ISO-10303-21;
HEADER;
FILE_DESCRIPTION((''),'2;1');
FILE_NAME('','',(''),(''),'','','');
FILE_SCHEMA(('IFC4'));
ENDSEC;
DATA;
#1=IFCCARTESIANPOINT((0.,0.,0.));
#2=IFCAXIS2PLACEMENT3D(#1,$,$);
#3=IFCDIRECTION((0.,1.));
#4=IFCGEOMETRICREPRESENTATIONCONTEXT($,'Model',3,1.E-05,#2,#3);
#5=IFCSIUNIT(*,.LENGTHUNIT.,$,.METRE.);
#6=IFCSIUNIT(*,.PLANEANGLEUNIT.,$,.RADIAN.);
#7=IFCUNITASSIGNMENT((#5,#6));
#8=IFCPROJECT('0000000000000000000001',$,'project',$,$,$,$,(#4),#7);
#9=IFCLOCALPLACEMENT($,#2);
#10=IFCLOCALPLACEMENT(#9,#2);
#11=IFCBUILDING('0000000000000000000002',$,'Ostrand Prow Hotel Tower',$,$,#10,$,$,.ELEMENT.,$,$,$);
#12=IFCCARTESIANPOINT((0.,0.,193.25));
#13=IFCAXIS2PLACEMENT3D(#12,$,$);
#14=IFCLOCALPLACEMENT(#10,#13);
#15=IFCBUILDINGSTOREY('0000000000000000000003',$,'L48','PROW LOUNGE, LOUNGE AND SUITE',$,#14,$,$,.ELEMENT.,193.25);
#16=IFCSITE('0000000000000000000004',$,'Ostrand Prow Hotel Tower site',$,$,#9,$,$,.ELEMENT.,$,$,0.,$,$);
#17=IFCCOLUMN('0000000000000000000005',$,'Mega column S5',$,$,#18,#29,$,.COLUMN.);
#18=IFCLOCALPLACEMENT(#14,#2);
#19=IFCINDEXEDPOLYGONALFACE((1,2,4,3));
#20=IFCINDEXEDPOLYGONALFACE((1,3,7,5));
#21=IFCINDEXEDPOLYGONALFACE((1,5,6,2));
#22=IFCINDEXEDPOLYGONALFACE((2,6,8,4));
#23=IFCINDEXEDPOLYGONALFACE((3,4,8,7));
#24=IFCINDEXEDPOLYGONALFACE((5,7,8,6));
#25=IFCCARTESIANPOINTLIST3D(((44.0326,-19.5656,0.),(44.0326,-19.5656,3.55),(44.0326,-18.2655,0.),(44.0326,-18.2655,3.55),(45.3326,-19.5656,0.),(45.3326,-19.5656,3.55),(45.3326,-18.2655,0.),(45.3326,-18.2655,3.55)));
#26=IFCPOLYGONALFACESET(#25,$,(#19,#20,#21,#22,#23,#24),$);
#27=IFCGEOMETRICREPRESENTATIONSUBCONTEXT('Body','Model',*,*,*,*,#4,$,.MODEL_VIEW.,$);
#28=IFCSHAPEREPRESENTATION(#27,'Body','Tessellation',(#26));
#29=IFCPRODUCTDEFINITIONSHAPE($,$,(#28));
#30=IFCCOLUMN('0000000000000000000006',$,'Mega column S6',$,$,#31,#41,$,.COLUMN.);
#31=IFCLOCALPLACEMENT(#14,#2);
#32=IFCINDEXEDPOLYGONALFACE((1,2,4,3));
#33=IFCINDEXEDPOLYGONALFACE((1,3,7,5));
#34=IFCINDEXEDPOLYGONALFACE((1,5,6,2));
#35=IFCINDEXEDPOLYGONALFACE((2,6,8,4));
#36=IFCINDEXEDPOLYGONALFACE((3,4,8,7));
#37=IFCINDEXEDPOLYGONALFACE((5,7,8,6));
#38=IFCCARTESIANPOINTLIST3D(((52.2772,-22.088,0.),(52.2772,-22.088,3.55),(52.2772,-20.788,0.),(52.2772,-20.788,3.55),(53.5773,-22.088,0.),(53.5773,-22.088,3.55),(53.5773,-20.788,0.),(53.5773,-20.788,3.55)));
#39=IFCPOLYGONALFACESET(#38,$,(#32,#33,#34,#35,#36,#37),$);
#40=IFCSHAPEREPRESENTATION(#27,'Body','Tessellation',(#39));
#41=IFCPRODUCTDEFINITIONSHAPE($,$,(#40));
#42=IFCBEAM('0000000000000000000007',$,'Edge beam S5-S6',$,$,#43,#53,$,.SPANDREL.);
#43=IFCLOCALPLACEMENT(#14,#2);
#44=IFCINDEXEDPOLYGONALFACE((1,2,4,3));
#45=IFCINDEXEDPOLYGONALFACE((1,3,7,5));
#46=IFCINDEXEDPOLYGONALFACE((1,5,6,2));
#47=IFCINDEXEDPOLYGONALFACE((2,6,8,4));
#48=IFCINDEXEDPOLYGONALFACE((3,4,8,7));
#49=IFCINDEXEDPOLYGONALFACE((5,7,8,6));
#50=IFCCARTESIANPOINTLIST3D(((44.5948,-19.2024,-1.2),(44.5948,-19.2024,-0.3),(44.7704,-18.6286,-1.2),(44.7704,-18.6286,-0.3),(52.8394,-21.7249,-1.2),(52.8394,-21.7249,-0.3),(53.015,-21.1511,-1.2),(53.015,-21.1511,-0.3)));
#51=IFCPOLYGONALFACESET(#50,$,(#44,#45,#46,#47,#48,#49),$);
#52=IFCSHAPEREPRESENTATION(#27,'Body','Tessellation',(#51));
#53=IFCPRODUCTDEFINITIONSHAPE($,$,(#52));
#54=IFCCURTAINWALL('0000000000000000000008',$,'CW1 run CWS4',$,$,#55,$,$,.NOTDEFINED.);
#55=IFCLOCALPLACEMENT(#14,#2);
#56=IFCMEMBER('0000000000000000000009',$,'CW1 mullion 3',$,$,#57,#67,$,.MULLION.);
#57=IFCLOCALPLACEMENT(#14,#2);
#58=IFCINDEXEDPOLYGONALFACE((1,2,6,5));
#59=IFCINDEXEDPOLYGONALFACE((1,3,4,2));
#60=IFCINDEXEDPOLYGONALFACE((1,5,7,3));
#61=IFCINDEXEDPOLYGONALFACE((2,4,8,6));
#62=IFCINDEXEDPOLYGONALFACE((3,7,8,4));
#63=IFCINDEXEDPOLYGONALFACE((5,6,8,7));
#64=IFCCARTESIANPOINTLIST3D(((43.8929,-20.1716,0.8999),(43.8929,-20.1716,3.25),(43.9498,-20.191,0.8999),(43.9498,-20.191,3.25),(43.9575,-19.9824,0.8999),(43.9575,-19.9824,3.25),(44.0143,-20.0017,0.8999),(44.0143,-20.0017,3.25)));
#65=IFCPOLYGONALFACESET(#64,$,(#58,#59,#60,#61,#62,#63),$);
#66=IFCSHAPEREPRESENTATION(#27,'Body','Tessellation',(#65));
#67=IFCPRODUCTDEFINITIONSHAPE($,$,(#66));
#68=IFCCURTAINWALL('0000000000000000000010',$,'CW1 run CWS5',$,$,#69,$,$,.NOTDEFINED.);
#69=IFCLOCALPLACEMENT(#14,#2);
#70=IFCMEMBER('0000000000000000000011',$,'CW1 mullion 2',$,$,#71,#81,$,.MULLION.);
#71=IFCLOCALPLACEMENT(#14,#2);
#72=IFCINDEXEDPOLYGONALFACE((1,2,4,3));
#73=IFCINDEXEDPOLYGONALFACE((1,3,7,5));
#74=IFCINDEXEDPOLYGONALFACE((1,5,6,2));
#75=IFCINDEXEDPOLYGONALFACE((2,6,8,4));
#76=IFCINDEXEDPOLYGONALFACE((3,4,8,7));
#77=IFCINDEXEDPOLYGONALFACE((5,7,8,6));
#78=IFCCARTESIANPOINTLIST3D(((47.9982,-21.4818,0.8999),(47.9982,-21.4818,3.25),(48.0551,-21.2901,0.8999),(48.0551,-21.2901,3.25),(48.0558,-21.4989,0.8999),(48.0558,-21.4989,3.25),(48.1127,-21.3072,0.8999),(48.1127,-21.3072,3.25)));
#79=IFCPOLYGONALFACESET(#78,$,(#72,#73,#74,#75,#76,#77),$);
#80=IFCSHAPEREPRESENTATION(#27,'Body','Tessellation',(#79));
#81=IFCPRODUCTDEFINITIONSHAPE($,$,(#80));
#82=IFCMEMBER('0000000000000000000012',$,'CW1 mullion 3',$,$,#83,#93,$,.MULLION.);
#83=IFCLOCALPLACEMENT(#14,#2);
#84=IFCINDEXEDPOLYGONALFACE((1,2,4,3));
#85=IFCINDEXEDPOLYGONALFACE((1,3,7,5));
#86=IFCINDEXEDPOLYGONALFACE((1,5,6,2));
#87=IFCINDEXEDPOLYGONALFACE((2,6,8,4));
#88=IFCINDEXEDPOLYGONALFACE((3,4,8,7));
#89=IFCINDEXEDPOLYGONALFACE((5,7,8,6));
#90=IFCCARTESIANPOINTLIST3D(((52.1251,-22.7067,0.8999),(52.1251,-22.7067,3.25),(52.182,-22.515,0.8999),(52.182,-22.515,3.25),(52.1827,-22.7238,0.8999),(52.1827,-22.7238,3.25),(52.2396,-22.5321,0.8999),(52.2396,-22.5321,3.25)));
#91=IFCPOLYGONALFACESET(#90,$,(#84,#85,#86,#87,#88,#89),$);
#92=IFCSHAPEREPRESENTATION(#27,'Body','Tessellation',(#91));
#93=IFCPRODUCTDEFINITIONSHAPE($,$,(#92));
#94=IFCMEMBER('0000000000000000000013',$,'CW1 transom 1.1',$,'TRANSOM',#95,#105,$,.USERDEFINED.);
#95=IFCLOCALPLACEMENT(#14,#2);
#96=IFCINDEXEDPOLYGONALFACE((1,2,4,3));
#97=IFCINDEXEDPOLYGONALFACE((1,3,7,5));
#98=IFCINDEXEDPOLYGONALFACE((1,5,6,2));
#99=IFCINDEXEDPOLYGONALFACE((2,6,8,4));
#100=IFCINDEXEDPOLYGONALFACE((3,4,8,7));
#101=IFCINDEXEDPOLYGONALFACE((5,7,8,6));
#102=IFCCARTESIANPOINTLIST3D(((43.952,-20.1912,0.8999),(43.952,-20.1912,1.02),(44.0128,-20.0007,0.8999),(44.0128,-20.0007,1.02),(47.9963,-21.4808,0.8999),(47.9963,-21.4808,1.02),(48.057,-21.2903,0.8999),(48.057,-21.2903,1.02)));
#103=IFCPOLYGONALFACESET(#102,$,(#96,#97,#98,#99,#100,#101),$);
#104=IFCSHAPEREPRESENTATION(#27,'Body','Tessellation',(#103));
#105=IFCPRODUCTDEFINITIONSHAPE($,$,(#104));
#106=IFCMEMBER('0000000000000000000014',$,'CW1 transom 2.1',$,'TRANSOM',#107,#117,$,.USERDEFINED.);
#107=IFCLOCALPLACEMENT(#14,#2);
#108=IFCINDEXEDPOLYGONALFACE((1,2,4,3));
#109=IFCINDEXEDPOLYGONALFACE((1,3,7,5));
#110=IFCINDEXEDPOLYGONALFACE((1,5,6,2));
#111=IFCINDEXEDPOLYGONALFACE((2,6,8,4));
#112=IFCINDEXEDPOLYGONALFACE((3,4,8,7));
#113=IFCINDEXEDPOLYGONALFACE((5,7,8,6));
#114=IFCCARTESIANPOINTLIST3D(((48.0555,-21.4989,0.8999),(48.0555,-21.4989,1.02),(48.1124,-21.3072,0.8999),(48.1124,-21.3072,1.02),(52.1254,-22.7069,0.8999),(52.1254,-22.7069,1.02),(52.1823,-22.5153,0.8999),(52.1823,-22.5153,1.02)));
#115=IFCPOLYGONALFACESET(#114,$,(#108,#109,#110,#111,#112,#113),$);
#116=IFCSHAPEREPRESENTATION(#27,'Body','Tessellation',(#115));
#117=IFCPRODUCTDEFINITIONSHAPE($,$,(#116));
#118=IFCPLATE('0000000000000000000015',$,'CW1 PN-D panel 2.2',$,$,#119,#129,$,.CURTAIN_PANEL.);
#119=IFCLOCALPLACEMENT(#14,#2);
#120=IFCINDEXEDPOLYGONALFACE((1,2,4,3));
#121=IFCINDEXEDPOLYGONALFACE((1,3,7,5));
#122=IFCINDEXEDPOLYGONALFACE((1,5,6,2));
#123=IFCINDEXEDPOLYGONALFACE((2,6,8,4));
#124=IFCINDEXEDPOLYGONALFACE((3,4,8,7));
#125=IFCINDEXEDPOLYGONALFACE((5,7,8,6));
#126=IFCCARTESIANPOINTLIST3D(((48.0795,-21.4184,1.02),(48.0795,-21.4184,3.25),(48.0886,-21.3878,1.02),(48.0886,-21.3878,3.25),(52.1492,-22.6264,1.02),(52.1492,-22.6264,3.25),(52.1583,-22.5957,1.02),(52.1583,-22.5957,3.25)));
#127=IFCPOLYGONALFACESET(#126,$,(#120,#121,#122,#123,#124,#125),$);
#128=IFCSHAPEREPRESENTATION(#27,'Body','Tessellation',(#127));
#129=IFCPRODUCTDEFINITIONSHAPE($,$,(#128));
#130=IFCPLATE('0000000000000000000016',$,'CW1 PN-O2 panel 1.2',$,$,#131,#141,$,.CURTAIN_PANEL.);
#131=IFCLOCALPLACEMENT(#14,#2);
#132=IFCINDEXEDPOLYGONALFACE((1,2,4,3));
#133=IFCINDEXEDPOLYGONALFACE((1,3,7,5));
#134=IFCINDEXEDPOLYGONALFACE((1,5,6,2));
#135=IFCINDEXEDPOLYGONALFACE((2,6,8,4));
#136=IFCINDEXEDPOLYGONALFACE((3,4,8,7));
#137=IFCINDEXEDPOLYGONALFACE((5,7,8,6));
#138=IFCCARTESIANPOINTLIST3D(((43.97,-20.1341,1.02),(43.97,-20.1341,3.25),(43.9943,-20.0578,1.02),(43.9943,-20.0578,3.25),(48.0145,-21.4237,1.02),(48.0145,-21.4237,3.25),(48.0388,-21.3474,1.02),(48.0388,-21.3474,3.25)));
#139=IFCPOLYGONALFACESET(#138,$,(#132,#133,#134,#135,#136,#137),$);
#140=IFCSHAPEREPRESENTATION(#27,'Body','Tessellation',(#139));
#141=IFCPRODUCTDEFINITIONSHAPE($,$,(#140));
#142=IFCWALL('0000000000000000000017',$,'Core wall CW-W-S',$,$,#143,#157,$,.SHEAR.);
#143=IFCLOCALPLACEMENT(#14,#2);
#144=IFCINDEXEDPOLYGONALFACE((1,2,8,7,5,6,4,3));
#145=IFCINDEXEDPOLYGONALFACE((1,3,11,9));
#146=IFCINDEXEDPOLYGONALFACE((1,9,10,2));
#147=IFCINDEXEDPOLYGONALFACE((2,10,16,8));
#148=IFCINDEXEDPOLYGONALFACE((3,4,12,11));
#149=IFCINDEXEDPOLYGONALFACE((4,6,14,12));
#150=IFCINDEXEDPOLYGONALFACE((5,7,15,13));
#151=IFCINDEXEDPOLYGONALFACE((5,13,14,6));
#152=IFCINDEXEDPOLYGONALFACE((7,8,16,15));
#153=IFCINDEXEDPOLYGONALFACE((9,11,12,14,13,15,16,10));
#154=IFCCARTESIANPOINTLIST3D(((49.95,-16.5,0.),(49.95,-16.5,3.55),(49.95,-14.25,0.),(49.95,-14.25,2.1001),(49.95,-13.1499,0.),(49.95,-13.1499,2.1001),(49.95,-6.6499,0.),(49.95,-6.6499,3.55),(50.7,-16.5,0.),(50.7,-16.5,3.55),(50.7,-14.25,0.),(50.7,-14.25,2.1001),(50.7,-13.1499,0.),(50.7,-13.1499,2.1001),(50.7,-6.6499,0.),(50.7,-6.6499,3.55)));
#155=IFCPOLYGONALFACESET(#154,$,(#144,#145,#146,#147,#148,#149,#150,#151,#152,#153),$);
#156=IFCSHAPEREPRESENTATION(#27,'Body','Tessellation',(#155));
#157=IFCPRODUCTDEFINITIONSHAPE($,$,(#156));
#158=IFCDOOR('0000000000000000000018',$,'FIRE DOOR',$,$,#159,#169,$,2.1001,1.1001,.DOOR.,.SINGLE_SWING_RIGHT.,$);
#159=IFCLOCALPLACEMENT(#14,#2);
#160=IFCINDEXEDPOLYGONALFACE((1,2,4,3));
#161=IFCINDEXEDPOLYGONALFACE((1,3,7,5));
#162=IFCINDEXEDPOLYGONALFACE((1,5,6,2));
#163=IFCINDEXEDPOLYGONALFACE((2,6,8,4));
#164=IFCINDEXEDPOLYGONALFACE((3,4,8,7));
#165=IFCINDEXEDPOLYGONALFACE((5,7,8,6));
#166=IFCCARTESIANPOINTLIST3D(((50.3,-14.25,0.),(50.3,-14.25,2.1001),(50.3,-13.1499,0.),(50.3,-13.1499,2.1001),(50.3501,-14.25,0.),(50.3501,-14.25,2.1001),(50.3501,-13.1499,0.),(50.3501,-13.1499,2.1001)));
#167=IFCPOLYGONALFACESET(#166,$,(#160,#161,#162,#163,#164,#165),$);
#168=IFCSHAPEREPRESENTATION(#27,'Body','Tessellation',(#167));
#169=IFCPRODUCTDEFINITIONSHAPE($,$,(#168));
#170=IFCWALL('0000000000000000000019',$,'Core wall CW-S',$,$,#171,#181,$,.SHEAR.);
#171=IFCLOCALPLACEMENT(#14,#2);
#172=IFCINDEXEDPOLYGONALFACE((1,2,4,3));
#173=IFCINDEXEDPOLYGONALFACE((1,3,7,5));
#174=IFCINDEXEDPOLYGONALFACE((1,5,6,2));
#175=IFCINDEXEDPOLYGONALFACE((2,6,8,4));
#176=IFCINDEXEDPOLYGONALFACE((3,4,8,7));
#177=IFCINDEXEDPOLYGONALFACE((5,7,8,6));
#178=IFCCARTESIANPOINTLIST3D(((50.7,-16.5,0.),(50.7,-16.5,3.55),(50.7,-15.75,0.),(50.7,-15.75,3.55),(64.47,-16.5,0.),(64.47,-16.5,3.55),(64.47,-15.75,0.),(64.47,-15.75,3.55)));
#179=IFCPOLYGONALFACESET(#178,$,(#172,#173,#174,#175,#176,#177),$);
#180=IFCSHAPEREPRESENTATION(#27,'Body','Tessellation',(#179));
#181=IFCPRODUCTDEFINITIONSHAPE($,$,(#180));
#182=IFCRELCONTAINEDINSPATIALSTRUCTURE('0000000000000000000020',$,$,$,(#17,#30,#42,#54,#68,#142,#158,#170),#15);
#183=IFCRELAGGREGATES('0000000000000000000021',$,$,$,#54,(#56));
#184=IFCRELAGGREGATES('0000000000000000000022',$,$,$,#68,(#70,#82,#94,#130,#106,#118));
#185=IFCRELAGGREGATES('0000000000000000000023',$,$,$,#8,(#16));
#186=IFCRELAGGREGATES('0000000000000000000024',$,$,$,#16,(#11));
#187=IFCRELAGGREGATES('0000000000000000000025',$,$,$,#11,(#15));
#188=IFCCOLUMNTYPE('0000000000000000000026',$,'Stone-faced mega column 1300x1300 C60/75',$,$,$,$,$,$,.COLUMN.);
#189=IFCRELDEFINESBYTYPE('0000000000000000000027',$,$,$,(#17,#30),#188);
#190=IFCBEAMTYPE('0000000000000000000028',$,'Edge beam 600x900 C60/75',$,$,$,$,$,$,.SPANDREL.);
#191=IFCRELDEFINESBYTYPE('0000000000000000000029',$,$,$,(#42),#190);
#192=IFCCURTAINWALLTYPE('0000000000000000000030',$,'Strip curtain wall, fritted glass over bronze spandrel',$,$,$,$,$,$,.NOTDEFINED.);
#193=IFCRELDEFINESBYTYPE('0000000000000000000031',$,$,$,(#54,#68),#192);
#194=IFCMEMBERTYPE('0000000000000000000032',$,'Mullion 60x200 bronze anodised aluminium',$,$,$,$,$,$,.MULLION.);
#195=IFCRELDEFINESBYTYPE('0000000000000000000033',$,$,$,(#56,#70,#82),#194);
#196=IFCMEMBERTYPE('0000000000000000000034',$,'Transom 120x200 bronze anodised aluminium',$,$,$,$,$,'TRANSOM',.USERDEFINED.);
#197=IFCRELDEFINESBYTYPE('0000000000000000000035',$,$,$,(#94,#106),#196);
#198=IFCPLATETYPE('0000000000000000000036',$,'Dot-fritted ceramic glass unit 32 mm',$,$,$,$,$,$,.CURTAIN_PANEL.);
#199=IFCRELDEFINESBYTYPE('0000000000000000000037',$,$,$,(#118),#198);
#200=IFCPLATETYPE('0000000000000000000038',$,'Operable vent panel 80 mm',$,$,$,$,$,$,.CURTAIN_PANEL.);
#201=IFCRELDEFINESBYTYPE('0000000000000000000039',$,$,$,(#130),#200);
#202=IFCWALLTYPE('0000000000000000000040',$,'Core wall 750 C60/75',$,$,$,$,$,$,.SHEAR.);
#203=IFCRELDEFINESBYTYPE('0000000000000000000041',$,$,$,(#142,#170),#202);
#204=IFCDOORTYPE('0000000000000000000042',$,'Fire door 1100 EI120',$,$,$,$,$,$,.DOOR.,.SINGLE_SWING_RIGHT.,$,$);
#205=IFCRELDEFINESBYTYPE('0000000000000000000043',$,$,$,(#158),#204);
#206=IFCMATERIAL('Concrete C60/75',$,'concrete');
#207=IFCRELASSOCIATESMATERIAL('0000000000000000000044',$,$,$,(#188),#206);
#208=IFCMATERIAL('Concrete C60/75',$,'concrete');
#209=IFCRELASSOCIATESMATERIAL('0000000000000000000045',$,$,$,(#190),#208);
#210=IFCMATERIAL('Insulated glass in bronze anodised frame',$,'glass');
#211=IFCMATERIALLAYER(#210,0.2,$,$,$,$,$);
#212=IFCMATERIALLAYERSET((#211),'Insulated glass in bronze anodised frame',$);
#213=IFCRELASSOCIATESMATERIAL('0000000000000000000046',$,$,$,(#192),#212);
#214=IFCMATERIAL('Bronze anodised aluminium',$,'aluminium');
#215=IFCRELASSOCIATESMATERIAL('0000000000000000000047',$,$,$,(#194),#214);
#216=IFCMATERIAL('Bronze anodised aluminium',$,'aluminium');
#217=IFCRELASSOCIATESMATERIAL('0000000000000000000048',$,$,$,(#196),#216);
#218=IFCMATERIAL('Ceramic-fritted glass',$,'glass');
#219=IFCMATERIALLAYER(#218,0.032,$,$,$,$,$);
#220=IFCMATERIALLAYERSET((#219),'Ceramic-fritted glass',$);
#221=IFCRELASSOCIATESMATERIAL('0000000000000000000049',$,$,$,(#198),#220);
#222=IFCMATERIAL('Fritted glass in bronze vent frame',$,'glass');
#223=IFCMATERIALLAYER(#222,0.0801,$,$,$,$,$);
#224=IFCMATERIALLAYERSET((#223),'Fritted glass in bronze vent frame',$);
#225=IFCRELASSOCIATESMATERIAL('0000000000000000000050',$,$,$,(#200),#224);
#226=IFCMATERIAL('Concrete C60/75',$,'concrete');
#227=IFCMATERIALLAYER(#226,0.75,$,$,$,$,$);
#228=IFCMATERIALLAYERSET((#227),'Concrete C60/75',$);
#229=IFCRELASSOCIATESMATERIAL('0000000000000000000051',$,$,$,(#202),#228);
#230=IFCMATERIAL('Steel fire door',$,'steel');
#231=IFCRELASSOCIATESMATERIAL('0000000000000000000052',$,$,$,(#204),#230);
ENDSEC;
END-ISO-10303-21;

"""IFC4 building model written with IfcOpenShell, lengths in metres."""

from ifc_helpers import new_model, si_unit, direction, frame, frame_2d, origin, origin_2d, place, context, subcontext, project, spatial, rectangle, extrude, material, layer, layer_set, material_profile, profile_set, type_object, element, fill, aggregate, save


model = new_model("IFC4")

# Units and contexts
model_context = context("Model", 3, precision=1e-05, world=origin(), true_north=direction((0.0, 1.0)))
body_context = subcontext(model_context, "Body", "Model", "MODEL_VIEW")
ifc_project = project(units=[si_unit("LENGTHUNIT", "METRE"), si_unit("PLANEANGLEUNIT", "RADIAN")], contexts=[model_context])

# Site, building, storey
site_placement = place(None, origin())
site = spatial("IfcSite", under=ifc_project, at=site_placement, Name="Ostrand Prow Hotel Tower site", CompositionType="ELEMENT", RefElevation=0.0)
building_placement = place(site_placement, origin())
building = spatial("IfcBuilding", under=site, at=building_placement, Name="Ostrand Prow Hotel Tower", CompositionType="ELEMENT")
storey_placement = place(building_placement, frame((0.0, 0.0, 193.25)))
storey = spatial("IfcBuildingStorey", under=building, at=storey_placement, Name="L48", Description="PROW LOUNGE, LOUNGE AND SUITE", CompositionType="ELEMENT", Elevation=193.25)

# Columns
ifc_material_1 = material(Name="Concrete C60/75", Category="concrete")
ifc_material_profile_1 = material_profile(ifc_material_1, rectangle(XDim=1.3, YDim=1.3, at=origin_2d()), Name="RC 1300x1300")
ifc_profile_set_1 = profile_set([ifc_material_profile_1], Name="Concrete C60/75")
column_type = type_object("IfcColumnType", Name="Stone-faced mega column 1300x1300 C60/75", PredefinedType="COLUMN", material=ifc_profile_set_1)
for number, where, z_axis, x_axis, name in (
    (1, (44.6826, -18.9155, 0.0), (0.0, 0.0, 1.0), (1.0, 0.0, 0.0), "Mega column S5"),
    (2, (52.9272, -21.438, 0.0), (0.0, 0.0, 1.0), (1.0, 0.0, 0.0), "Mega column S6"),
):
    element("IfcColumn", number, at=place(storey_placement, frame(where, z_axis=z_axis, x_axis=x_axis)), inside=storey, type_object=column_type, Name=name, PredefinedType="COLUMN", context=body_context, shape_type="SweptSolid", body=[
        extrude(rectangle(XDim=1.3, YDim=1.3, at=origin_2d()), origin(), (0.0, 0.0, 1.0), 3.55),
    ])

# Beam
ifc_material_2 = material(Name="Concrete C60/75", Category="concrete")
ifc_material_profile_2 = material_profile(ifc_material_2, rectangle(XDim=0.6001, YDim=0.8999, at=origin_2d()), Name="RC 600x900")
ifc_profile_set_2 = profile_set([ifc_material_profile_2], Name="Concrete C60/75")
beam_type = type_object("IfcBeamType", Name="Edge beam 600x900 C60/75", PredefinedType="SPANDREL", material=ifc_profile_set_2)
beam_placement = place(storey_placement, frame((44.6826, -18.9155, -0.75), z_axis=(0.956246, -0.292565, 0.0), x_axis=(0.292565, 0.956246, 0.0)))
element("IfcBeam", 3, at=beam_placement, inside=storey, type_object=beam_type, Name="Edge beam S5-S6", PredefinedType="SPANDREL", context=body_context, shape_type="SweptSolid", body=[
    extrude(rectangle(XDim=0.6001, YDim=0.8999, at=origin_2d()), origin(), (0.0, 0.0, 1.0), 8.6218),
])

# Curtain wall, member
ifc_material_3 = material(Name="Insulated glass in bronze anodised frame", Category="glass")
ifc_layer_1 = layer(ifc_material_3, 0.2)
ifc_layer_set_1 = layer_set([ifc_layer_1], Name="Insulated glass in bronze anodised frame")
curtain_wall_type = type_object("IfcCurtainWallType", Name="Strip curtain wall, fritted glass over bronze spandrel", PredefinedType="NOTDEFINED", material=ifc_layer_set_1)
curtain_wall_1_placement = place(storey_placement, origin())
curtain_wall_1 = element("IfcCurtainWall", 4, at=curtain_wall_1_placement, inside=storey, type_object=curtain_wall_type, Name="CW1 run CWS4", PredefinedType="NOTDEFINED")
ifc_material_4 = material(Name="Bronze anodised aluminium", Category="aluminium")
ifc_material_profile_3 = material_profile(ifc_material_4, rectangle(XDim=0.2, YDim=0.0601, at=origin_2d()), Name="Mullion 60x200 bronze anodised aluminium")
ifc_profile_set_3 = profile_set([ifc_material_profile_3], Name="Bronze anodised aluminium")
member_type_1 = type_object("IfcMemberType", Name="Mullion 60x200 bronze anodised aluminium", PredefinedType="MULLION", material=ifc_profile_set_3)
member_1_placement = place(storey_placement, frame((43.9536, -20.0867, 0.8999), z_axis=(0.0, 0.0, 1.0), x_axis=(0.322908, 0.94643, 0.0)))
member_1 = element("IfcMember", 5, at=member_1_placement, type_object=member_type_1, Name="CW1 mullion 3", PredefinedType="MULLION", context=body_context, shape_type="SweptSolid", body=[
    extrude(rectangle(XDim=0.2, YDim=0.0601, at=origin_2d()), origin(), (0.0, 0.0, 1.0), 2.3501),
])
aggregate(curtain_wall_1, [member_1])

# Curtain wall, members, plates
curtain_wall_2_placement = place(storey_placement, origin())
curtain_wall_2 = element("IfcCurtainWall", 6, at=curtain_wall_2_placement, inside=storey, type_object=curtain_wall_type, Name="CW1 run CWS5", PredefinedType="NOTDEFINED")
member_2_placement = place(storey_placement, frame((48.0554, -21.3945, 0.8999), z_axis=(0.0, 0.0, 1.0), x_axis=(0.284544, 0.958663, 0.0)))
member_2 = element("IfcMember", 7, at=member_2_placement, type_object=member_type_1, Name="CW1 mullion 2", PredefinedType="MULLION", context=body_context, shape_type="SweptSolid", body=[
    extrude(rectangle(XDim=0.2, YDim=0.0601, at=origin_2d()), origin(), (0.0, 0.0, 1.0), 2.3501),
])
member_3_placement = place(storey_placement, frame((52.1824, -22.6194, 0.8999), z_axis=(0.0, 0.0, 1.0), x_axis=(0.284544, 0.958663, 0.0)))
member_3 = element("IfcMember", 8, at=member_3_placement, type_object=member_type_1, Name="CW1 mullion 3", PredefinedType="MULLION", context=body_context, shape_type="SweptSolid", body=[
    extrude(rectangle(XDim=0.2, YDim=0.0601, at=origin_2d()), origin(), (0.0, 0.0, 1.0), 2.3501),
])
ifc_material_5 = material(Name="Bronze anodised aluminium", Category="aluminium")
ifc_material_profile_4 = material_profile(ifc_material_5, rectangle(XDim=0.2, YDim=0.1201, at=origin_2d()), Name="Transom 120x200 bronze anodised aluminium")
ifc_profile_set_4 = profile_set([ifc_material_profile_4], Name="Bronze anodised aluminium")
member_type_2 = type_object("IfcMemberType", Name="Transom 120x200 bronze anodised aluminium", ElementType="TRANSOM", PredefinedType="USERDEFINED", material=ifc_profile_set_4)
member_4_placement = place(storey_placement, frame((43.9824, -20.0959, 0.96), z_axis=(0.952738, -0.303795, 0.0), x_axis=(0.303795, 0.952738, 0.0)))
member_4 = element("IfcMember", 9, at=member_4_placement, type_object=member_type_2, Name="CW1 transom 1.1", ObjectType="TRANSOM", PredefinedType="USERDEFINED", context=body_context, shape_type="SweptSolid", body=[
    extrude(rectangle(XDim=0.2, YDim=0.1201, at=origin_2d()), origin(), (0.0, 0.0, 1.0), 4.2449),
])
member_5_placement = place(storey_placement, frame((48.084, -21.4031, 0.96), z_axis=(0.958661, -0.28455, 0.0), x_axis=(0.28455, 0.958661, 0.0)))
member_5 = element("IfcMember", 10, at=member_5_placement, type_object=member_type_2, Name="CW1 transom 2.1", ObjectType="TRANSOM", PredefinedType="USERDEFINED", context=body_context, shape_type="SweptSolid", body=[
    extrude(rectangle(XDim=0.2, YDim=0.1201, at=origin_2d()), origin(), (0.0, 0.0, 1.0), 4.2454),
])
ifc_material_6 = material(Name="Ceramic-fritted glass", Category="glass")
ifc_layer_2 = layer(ifc_material_6, 0.032)
ifc_layer_set_2 = layer_set([ifc_layer_2], Name="Ceramic-fritted glass")
plate_type_1 = type_object("IfcPlateType", Name="Dot-fritted ceramic glass unit 32 mm", PredefinedType="CURTAIN_PANEL", material=ifc_layer_set_2)
plate_1_placement = place(storey_placement, frame((50.1189, -22.0071, 1.02), z_axis=(0.0, 0.0, 1.0), x_axis=(0.958663, -0.284544, 0.0)))
plate_1 = element("IfcPlate", 11, at=plate_1_placement, type_object=plate_type_1, Name="CW1 PN-D panel 2.2", PredefinedType="CURTAIN_PANEL", context=body_context, shape_type="SweptSolid", body=[
    extrude(rectangle(XDim=4.2451, YDim=0.032, at=origin_2d()), origin(), (0.0, 0.0, 1.0), 2.23),
])
ifc_material_7 = material(Name="Fritted glass in bronze vent frame", Category="glass")
ifc_layer_3 = layer(ifc_material_7, 0.0801)
ifc_layer_set_3 = layer_set([ifc_layer_3], Name="Fritted glass in bronze vent frame")
plate_type_2 = type_object("IfcPlateType", Name="Operable vent panel 80 mm", PredefinedType="CURTAIN_PANEL", material=ifc_layer_set_3)
plate_2_placement = place(storey_placement, frame((46.0044, -20.7407, 1.02), z_axis=(0.0, 0.0, 1.0), x_axis=(0.95274, -0.303787, 0.0)))
plate_2 = element("IfcPlate", 12, at=plate_2_placement, type_object=plate_type_2, Name="CW1 PN-O2 panel 1.2", PredefinedType="CURTAIN_PANEL", context=body_context, shape_type="SweptSolid", body=[
    extrude(rectangle(XDim=4.2451, YDim=0.0801, at=origin_2d()), origin(), (0.0, 0.0, 1.0), 2.23),
])
aggregate(curtain_wall_2, [member_2, member_3, member_4, plate_2, member_5, plate_1])

# Wall, opening, door
ifc_material_8 = material(Name="Concrete C60/75", Category="concrete")
ifc_layer_4 = layer(ifc_material_8, 0.75)
ifc_layer_set_4 = layer_set([ifc_layer_4], Name="Concrete C60/75")
wall_type_1 = type_object("IfcWallType", Name="Core wall 750 C60/75", PredefinedType="SHEAR", material=ifc_layer_set_4)
wall_1_placement = place(storey_placement, frame((50.325, -16.5, 0.0), z_axis=(0.0, 0.0, 1.0), x_axis=(0.0, 1.0, 0.0)))
wall_1 = element("IfcWall", 13, at=wall_1_placement, inside=storey, type_object=wall_type_1, Name="Core wall CW-W-S", PredefinedType="SHEAR", context=body_context, shape_type="SweptSolid", body=[
    extrude(rectangle(XDim=9.8501, YDim=0.75, at=frame_2d((4.925, 0.0))), origin(), (0.0, 0.0, 1.0), 3.55),
])
opening_1_placement = place(wall_1_placement, frame((2.25, 0.0, 0.0)))
opening_1 = element("IfcOpeningElement", 14, at=opening_1_placement, cuts=wall_1, PredefinedType="OPENING", context=body_context, shape_type="SweptSolid", body=[
    extrude(rectangle(XDim=1.1001, YDim=2.1001, at=frame_2d((0.55, 1.05))), frame((0.0, 0.385, 0.0), z_axis=(0.0, -1.0, 0.0), x_axis=(1.0, 0.0, 0.0)), (0.0, 0.0, 1.0), 0.77),
])
ifc_material_9 = material(Name="Steel fire door", Category="steel")
door_type_1 = type_object("IfcDoorType", Name="Fire door 1100 EI120", OperationType="SINGLE_SWING_RIGHT", PredefinedType="DOOR", material=ifc_material_9)
door_1_placement = place(opening_1_placement, origin())
door_1 = element("IfcDoor", 15, at=door_1_placement, inside=storey, type_object=door_type_1, Name="FIRE DOOR", OperationType="SINGLE_SWING_RIGHT", OverallHeight=2.1001, OverallWidth=1.1001, PredefinedType="DOOR", context=body_context, shape_type="SweptSolid", body=[
    extrude(rectangle(XDim=1.1001, YDim=2.1001, at=frame_2d((0.55, 1.05))), frame((0.0, 0.0249, 0.0), z_axis=(0.0, -1.0, 0.0), x_axis=(1.0, 0.0, 0.0)), (0.0, 0.0, 1.0), 0.05),
])
fill(opening_1, door_1)

# Wall
wall_2_placement = place(storey_placement, frame((50.7, -16.125, 0.0), z_axis=(0.0, 0.0, 1.0), x_axis=(1.0, 0.0, 0.0)))
element("IfcWall", 16, at=wall_2_placement, inside=storey, type_object=wall_type_1, Name="Core wall CW-S", PredefinedType="SHEAR", context=body_context, shape_type="SweptSolid", body=[
    extrude(rectangle(XDim=13.77, YDim=0.75, at=frame_2d((6.885, 0.0))), origin(), (0.0, 0.0, 1.0), 3.55),
])

save(model, "model.ifc")
